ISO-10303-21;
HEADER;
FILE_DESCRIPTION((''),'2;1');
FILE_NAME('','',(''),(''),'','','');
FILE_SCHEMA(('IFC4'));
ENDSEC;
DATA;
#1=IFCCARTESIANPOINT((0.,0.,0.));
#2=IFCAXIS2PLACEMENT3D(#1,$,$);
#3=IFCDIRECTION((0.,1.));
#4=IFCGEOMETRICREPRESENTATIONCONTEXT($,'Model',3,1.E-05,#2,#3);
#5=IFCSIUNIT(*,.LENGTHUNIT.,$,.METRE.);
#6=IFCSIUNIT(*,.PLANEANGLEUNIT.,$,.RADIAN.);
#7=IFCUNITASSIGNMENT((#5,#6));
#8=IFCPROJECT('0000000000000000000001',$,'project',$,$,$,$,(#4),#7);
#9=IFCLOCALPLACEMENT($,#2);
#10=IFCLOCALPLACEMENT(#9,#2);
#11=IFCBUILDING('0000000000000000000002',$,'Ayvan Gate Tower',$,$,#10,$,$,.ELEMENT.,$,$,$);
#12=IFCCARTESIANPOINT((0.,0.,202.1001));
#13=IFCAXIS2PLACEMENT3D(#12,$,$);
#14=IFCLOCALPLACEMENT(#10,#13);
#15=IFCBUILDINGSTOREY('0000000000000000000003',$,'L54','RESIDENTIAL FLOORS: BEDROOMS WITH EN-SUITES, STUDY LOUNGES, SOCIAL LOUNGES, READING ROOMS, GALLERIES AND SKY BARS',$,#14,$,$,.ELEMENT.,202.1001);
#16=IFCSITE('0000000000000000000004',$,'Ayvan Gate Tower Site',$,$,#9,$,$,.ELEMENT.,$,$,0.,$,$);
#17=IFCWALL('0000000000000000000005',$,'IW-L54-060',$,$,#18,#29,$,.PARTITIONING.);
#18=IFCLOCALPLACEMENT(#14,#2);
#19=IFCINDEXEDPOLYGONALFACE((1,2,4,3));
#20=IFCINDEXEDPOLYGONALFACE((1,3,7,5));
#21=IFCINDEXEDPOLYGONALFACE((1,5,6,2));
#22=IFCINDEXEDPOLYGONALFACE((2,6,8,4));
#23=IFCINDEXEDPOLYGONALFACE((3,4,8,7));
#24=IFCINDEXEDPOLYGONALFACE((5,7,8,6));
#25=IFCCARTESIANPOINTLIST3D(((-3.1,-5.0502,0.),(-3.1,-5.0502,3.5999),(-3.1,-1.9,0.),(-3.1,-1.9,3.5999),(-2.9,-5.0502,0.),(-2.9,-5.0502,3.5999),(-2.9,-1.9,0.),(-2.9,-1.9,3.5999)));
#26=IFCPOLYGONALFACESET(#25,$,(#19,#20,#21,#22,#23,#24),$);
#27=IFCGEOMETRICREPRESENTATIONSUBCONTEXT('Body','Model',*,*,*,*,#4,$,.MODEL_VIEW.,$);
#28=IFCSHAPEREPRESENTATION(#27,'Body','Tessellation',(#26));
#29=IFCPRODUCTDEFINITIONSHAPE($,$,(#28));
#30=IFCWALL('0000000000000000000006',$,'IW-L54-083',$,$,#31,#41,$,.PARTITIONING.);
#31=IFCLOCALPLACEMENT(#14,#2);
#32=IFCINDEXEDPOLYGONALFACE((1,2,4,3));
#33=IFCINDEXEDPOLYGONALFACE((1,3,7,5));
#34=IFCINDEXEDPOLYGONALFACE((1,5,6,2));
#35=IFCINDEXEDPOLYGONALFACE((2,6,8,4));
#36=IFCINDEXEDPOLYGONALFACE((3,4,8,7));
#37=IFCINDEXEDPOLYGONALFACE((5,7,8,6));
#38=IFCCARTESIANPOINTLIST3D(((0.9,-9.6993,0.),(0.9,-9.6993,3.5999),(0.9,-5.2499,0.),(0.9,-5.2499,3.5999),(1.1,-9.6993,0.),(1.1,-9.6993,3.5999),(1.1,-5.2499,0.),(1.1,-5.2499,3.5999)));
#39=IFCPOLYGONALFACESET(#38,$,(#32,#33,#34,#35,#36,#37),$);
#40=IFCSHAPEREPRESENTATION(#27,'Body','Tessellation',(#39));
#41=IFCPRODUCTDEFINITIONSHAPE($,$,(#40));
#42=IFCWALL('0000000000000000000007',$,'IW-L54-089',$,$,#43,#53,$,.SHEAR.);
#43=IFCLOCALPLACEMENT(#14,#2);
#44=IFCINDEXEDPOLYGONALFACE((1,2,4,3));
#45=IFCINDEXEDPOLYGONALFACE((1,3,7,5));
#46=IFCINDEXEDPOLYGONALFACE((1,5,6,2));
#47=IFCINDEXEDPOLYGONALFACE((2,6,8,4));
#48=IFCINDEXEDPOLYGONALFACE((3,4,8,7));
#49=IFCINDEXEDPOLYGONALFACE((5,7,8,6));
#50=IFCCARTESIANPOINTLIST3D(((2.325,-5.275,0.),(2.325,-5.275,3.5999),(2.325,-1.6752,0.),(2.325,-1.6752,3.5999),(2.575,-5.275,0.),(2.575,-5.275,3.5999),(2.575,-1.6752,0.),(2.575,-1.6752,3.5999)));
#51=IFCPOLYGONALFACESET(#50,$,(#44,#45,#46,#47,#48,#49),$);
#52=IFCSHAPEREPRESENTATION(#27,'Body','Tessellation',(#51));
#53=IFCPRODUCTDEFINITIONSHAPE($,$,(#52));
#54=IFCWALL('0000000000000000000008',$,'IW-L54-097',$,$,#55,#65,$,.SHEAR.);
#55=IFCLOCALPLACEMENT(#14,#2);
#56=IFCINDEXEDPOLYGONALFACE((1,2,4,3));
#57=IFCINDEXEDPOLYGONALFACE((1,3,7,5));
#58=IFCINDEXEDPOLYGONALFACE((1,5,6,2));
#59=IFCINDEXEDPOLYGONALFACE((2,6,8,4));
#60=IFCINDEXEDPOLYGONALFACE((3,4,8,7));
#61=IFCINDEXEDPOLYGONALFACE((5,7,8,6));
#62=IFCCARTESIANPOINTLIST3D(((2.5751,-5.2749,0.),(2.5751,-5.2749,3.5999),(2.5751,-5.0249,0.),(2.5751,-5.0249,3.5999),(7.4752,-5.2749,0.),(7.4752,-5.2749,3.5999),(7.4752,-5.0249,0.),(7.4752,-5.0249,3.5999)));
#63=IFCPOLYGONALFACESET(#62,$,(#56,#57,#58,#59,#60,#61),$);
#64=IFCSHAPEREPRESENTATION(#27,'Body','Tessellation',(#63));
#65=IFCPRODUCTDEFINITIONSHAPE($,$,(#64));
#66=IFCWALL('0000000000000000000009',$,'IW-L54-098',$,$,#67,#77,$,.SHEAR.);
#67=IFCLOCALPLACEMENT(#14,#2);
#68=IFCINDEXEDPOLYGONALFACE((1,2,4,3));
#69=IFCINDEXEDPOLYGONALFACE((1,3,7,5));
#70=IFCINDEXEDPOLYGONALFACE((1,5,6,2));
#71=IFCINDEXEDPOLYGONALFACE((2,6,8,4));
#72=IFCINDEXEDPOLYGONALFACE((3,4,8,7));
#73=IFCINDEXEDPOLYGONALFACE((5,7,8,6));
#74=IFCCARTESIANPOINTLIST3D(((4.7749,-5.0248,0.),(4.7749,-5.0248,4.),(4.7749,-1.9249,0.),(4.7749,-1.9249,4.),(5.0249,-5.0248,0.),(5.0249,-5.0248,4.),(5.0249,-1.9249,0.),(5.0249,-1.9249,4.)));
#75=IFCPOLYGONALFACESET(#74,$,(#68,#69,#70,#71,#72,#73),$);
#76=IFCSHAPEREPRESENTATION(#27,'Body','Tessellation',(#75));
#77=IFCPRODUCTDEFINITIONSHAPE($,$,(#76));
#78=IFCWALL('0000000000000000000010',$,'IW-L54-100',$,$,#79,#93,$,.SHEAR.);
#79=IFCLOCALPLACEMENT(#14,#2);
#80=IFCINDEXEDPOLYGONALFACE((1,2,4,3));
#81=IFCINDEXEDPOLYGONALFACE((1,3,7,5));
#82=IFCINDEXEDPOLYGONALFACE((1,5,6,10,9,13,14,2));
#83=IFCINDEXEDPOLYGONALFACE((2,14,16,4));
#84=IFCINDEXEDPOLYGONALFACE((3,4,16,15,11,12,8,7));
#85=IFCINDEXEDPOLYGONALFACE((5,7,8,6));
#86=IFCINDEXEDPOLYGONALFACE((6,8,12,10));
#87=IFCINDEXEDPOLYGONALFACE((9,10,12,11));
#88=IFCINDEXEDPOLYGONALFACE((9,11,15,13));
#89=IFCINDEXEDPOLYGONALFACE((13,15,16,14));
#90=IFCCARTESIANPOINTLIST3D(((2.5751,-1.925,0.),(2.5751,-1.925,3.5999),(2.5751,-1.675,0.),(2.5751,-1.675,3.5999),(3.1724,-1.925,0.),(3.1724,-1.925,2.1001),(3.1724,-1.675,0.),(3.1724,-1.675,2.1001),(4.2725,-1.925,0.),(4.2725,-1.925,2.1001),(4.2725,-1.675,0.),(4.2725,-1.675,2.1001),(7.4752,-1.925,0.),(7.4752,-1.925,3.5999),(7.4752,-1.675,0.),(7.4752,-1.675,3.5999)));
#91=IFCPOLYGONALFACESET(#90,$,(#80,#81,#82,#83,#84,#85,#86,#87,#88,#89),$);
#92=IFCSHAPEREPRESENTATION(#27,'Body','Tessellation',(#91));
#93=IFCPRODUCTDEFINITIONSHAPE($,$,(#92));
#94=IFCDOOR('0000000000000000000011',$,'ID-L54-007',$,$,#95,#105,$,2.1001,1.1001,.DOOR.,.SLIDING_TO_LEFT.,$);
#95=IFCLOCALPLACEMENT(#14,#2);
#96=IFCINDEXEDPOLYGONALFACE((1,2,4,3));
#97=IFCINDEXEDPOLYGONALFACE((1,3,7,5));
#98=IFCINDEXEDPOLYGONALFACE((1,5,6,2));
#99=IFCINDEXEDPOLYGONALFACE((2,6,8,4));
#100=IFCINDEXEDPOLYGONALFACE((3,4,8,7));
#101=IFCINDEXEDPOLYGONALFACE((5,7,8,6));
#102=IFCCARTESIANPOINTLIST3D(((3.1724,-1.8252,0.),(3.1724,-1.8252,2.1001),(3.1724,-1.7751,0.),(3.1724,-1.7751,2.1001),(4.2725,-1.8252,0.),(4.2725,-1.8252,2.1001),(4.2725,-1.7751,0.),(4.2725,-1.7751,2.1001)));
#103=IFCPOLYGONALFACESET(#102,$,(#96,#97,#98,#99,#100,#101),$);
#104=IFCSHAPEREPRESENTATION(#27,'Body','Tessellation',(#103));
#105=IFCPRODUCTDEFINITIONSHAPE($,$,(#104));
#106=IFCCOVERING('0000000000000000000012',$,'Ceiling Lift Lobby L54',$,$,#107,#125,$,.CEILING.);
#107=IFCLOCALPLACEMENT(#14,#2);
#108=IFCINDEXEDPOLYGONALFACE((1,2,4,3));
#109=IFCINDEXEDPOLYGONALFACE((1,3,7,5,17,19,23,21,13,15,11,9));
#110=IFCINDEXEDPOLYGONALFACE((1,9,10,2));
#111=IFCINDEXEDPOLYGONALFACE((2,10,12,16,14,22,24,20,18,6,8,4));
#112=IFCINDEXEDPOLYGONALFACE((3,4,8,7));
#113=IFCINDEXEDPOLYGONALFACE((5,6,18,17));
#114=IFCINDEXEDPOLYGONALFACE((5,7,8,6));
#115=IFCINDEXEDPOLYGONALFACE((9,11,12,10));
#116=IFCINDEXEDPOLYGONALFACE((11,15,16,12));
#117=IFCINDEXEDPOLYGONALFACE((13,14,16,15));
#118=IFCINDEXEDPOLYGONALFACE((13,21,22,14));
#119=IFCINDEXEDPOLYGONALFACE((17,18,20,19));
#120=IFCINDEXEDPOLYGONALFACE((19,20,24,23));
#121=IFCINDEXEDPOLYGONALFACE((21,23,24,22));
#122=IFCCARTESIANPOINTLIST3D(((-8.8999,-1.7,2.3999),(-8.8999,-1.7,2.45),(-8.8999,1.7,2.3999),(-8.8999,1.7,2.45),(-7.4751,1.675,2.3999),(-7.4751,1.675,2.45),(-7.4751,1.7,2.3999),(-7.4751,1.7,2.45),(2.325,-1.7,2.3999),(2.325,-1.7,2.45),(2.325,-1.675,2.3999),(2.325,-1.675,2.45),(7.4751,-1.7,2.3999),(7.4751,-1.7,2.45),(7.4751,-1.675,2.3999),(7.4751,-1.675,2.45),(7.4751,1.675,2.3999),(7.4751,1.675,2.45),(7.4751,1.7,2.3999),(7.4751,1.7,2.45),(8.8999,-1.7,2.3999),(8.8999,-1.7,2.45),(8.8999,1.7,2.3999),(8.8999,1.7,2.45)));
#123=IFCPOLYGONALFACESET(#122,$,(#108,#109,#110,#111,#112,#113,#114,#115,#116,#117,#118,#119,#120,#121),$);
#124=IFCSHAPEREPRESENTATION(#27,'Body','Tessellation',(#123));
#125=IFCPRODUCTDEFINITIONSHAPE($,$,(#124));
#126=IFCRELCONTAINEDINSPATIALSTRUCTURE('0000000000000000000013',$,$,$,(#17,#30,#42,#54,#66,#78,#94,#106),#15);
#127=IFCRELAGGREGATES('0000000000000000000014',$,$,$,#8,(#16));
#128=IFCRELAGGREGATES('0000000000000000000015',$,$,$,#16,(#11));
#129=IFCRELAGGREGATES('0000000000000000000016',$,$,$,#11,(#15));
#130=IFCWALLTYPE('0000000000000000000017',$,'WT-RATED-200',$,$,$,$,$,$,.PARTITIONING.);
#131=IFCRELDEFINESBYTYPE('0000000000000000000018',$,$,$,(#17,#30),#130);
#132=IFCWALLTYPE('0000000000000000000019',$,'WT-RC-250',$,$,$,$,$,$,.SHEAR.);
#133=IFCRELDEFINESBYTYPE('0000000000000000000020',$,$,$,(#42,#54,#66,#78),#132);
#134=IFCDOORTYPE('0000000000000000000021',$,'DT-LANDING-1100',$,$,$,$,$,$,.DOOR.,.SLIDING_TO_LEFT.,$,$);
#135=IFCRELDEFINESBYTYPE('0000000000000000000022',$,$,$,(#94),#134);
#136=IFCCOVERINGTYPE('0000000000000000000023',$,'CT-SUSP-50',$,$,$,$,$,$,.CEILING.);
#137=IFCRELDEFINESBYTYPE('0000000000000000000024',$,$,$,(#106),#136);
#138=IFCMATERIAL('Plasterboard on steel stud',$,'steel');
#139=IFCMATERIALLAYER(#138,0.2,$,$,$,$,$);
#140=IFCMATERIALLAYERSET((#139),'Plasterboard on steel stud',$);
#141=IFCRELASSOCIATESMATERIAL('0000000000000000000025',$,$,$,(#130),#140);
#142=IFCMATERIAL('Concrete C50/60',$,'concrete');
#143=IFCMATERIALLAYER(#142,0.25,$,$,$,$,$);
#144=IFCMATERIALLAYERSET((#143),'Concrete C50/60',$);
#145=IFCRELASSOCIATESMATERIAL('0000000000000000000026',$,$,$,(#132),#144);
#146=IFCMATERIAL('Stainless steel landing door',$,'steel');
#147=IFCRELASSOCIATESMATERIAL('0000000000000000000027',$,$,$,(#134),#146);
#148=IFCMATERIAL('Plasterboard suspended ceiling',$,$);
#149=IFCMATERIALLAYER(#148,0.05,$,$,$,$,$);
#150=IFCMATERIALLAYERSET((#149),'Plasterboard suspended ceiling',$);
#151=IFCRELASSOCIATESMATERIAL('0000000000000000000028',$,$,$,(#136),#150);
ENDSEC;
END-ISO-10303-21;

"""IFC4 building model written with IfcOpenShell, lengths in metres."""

from ifc_helpers import new_model, si_unit, direction, frame, frame_2d, origin, place, context, subcontext, project, spatial, polyline, rectangle, outline, extrude, material, layer, layer_set, type_object, element, fill, save


model = new_model("IFC4")

# Units and contexts
model_context = context("Model", 3, precision=1e-05, world=origin(), true_north=direction((0.0, 1.0)))
body_context = subcontext(model_context, "Body", "Model", "MODEL_VIEW")
ifc_project = project(units=[si_unit("LENGTHUNIT", "METRE"), si_unit("PLANEANGLEUNIT", "RADIAN")], contexts=[model_context])

# Site, building, storey
site_placement = place(None, origin())
site = spatial("IfcSite", under=ifc_project, at=site_placement, Name="Ayvan Gate Tower Site", CompositionType="ELEMENT", RefElevation=0.0)
building_placement = place(site_placement, origin())
building = spatial("IfcBuilding", under=site, at=building_placement, Name="Ayvan Gate Tower", CompositionType="ELEMENT")
storey_placement = place(building_placement, frame((0.0, 0.0, 202.1001)))
storey = spatial("IfcBuildingStorey", under=building, at=storey_placement, Name="L54", Description="RESIDENTIAL FLOORS: BEDROOMS WITH EN-SUITES, STUDY LOUNGES, SOCIAL LOUNGES, READING ROOMS, GALLERIES AND SKY BARS", CompositionType="ELEMENT", Elevation=202.1001)

# Walls
ifc_material_1 = material(Name="Plasterboard on steel stud", Category="steel")
ifc_layer_1 = layer(ifc_material_1, 0.2)
ifc_layer_set_1 = layer_set([ifc_layer_1], Name="Plasterboard on steel stud")
wall_type_1 = type_object("IfcWallType", Name="WT-RATED-200", PredefinedType="PARTITIONING", material=ifc_layer_set_1)
wall_1_placement = place(storey_placement, frame((-3.0, -1.8999, 0.0), z_axis=(0.0, 0.0, 1.0), x_axis=(0.0, -1.0, 0.0)))
element("IfcWall", 1, at=wall_1_placement, inside=storey, type_object=wall_type_1, Name="IW-L54-060", PredefinedType="PARTITIONING", context=body_context, shape_type="SweptSolid", body=[
    extrude(rectangle(XDim=3.1501, YDim=0.2, at=frame_2d((1.5752, 0.0))), origin(), (0.0, 0.0, 1.0), 3.5999),
])
wall_2_placement = place(storey_placement, frame((1.0, -5.25, 0.0), z_axis=(0.0, 0.0, 1.0), x_axis=(0.0, -1.0, 0.0)))
element("IfcWall", 2, at=wall_2_placement, inside=storey, type_object=wall_type_1, Name="IW-L54-083", PredefinedType="PARTITIONING", context=body_context, shape_type="SweptSolid", body=[
    extrude(rectangle(XDim=4.4495, YDim=0.2, at=frame_2d((2.2246, 0.0))), origin(), (0.0, 0.0, 1.0), 3.5999),
])
ifc_material_2 = material(Name="Concrete C50/60", Category="concrete")
ifc_layer_2 = layer(ifc_material_2, 0.25)
ifc_layer_set_2 = layer_set([ifc_layer_2], Name="Concrete C50/60")
wall_type_2 = type_object("IfcWallType", Name="WT-RC-250", PredefinedType="SHEAR", material=ifc_layer_set_2)
wall_3_placement = place(storey_placement, frame((2.45, -5.2749, 0.0), z_axis=(0.0, 0.0, 1.0), x_axis=(0.0, 1.0, 0.0)))
element("IfcWall", 3, at=wall_3_placement, inside=storey, type_object=wall_type_2, Name="IW-L54-089", PredefinedType="SHEAR", context=body_context, shape_type="SweptSolid", body=[
    extrude(rectangle(XDim=3.5999, YDim=0.25, at=frame_2d((1.7998, 0.0))), origin(), (0.0, 0.0, 1.0), 3.5999),
])
wall_4_placement = place(storey_placement, frame((2.575, -5.1499, 0.0), z_axis=(0.0, 0.0, 1.0), x_axis=(1.0, 0.0, 0.0)))
element("IfcWall", 4, at=wall_4_placement, inside=storey, type_object=wall_type_2, Name="IW-L54-097", PredefinedType="SHEAR", context=body_context, shape_type="SweptSolid", body=[
    extrude(rectangle(XDim=4.9001, YDim=0.25, at=frame_2d((2.4502, 0.0))), origin(), (0.0, 0.0, 1.0), 3.5999),
])
wall_5_placement = place(storey_placement, frame((4.8999, -1.925, 0.0), z_axis=(0.0, 0.0, 1.0), x_axis=(0.0, -1.0, 0.0)))
element("IfcWall", 5, at=wall_5_placement, inside=storey, type_object=wall_type_2, Name="IW-L54-098", PredefinedType="SHEAR", context=body_context, shape_type="SweptSolid", body=[
    extrude(rectangle(XDim=3.0999, YDim=0.25, at=frame_2d((1.5498, 0.0))), origin(), (0.0, 0.0, 1.0), 4.0),
])

# Wall, opening, door
wall_6_placement = place(storey_placement, frame((2.575, -1.8, 0.0), z_axis=(0.0, 0.0, 1.0), x_axis=(1.0, 0.0, 0.0)))
wall_6 = element("IfcWall", 6, at=wall_6_placement, inside=storey, type_object=wall_type_2, Name="IW-L54-100", PredefinedType="SHEAR", context=body_context, shape_type="SweptSolid", body=[
    extrude(rectangle(XDim=4.9001, YDim=0.25, at=frame_2d((2.4502, 0.0))), origin(), (0.0, 0.0, 1.0), 3.5999),
])
opening_1_placement = place(wall_6_placement, frame((0.5974, 0.0, 0.0)))
opening_1 = element("IfcOpeningElement", 7, at=opening_1_placement, cuts=wall_6, PredefinedType="OPENING", context=body_context, shape_type="SweptSolid", body=[
    extrude(rectangle(XDim=1.1001, YDim=2.1001, at=frame_2d((0.55, 1.05))), frame((0.0, 0.135, 0.0), z_axis=(0.0, -1.0, 0.0), x_axis=(1.0, 0.0, 0.0)), (0.0, 0.0, 1.0), 0.27),
])
ifc_material_3 = material(Name="Stainless steel landing door", Category="steel")
door_type_1 = type_object("IfcDoorType", Name="DT-LANDING-1100", OperationType="SLIDING_TO_LEFT", PredefinedType="DOOR", material=ifc_material_3)
door_1_placement = place(opening_1_placement, origin())
door_1 = element("IfcDoor", 8, at=door_1_placement, inside=storey, type_object=door_type_1, Name="ID-L54-007", OperationType="SLIDING_TO_LEFT", OverallHeight=2.1001, OverallWidth=1.1001, PredefinedType="DOOR", context=body_context, shape_type="SweptSolid", body=[
    extrude(rectangle(XDim=1.1001, YDim=2.1001, at=frame_2d((0.55, 1.05))), frame((0.0, 0.0249, 0.0), z_axis=(0.0, -1.0, 0.0), x_axis=(1.0, 0.0, 0.0)), (0.0, 0.0, 1.0), 0.05),
])
fill(opening_1, door_1)

# Covering
ifc_material_4 = material(Name="Plasterboard suspended ceiling")
ifc_layer_3 = layer(ifc_material_4, 0.05)
ifc_layer_set_3 = layer_set([ifc_layer_3], Name="Plasterboard suspended ceiling")
covering_type = type_object("IfcCoveringType", Name="CT-SUSP-50", PredefinedType="CEILING", material=ifc_layer_set_3)
covering_1_placement = place(storey_placement, frame((0.0, 0.0, 2.3999)))
element("IfcCovering", 9, at=covering_1_placement, inside=storey, type_object=covering_type, Name="Ceiling Lift Lobby L54", PredefinedType="CEILING", context=body_context, shape_type="SweptSolid", body=[
    extrude(outline(polyline([(7.4751, -1.675), (2.325, -1.675), (2.325, -1.7), (-8.8999, -1.7), (-8.8999, 1.7), (-7.4751, 1.7), (-7.4751, 1.675), (7.4751, 1.675), (7.4751, 1.7), (8.8999, 1.7), (8.8999, -1.7), (7.4751, -1.7), (7.4751, -1.675)])), origin(), (0.0, 0.0, 1.0), 0.05),
])

save(model, "model.ifc")
